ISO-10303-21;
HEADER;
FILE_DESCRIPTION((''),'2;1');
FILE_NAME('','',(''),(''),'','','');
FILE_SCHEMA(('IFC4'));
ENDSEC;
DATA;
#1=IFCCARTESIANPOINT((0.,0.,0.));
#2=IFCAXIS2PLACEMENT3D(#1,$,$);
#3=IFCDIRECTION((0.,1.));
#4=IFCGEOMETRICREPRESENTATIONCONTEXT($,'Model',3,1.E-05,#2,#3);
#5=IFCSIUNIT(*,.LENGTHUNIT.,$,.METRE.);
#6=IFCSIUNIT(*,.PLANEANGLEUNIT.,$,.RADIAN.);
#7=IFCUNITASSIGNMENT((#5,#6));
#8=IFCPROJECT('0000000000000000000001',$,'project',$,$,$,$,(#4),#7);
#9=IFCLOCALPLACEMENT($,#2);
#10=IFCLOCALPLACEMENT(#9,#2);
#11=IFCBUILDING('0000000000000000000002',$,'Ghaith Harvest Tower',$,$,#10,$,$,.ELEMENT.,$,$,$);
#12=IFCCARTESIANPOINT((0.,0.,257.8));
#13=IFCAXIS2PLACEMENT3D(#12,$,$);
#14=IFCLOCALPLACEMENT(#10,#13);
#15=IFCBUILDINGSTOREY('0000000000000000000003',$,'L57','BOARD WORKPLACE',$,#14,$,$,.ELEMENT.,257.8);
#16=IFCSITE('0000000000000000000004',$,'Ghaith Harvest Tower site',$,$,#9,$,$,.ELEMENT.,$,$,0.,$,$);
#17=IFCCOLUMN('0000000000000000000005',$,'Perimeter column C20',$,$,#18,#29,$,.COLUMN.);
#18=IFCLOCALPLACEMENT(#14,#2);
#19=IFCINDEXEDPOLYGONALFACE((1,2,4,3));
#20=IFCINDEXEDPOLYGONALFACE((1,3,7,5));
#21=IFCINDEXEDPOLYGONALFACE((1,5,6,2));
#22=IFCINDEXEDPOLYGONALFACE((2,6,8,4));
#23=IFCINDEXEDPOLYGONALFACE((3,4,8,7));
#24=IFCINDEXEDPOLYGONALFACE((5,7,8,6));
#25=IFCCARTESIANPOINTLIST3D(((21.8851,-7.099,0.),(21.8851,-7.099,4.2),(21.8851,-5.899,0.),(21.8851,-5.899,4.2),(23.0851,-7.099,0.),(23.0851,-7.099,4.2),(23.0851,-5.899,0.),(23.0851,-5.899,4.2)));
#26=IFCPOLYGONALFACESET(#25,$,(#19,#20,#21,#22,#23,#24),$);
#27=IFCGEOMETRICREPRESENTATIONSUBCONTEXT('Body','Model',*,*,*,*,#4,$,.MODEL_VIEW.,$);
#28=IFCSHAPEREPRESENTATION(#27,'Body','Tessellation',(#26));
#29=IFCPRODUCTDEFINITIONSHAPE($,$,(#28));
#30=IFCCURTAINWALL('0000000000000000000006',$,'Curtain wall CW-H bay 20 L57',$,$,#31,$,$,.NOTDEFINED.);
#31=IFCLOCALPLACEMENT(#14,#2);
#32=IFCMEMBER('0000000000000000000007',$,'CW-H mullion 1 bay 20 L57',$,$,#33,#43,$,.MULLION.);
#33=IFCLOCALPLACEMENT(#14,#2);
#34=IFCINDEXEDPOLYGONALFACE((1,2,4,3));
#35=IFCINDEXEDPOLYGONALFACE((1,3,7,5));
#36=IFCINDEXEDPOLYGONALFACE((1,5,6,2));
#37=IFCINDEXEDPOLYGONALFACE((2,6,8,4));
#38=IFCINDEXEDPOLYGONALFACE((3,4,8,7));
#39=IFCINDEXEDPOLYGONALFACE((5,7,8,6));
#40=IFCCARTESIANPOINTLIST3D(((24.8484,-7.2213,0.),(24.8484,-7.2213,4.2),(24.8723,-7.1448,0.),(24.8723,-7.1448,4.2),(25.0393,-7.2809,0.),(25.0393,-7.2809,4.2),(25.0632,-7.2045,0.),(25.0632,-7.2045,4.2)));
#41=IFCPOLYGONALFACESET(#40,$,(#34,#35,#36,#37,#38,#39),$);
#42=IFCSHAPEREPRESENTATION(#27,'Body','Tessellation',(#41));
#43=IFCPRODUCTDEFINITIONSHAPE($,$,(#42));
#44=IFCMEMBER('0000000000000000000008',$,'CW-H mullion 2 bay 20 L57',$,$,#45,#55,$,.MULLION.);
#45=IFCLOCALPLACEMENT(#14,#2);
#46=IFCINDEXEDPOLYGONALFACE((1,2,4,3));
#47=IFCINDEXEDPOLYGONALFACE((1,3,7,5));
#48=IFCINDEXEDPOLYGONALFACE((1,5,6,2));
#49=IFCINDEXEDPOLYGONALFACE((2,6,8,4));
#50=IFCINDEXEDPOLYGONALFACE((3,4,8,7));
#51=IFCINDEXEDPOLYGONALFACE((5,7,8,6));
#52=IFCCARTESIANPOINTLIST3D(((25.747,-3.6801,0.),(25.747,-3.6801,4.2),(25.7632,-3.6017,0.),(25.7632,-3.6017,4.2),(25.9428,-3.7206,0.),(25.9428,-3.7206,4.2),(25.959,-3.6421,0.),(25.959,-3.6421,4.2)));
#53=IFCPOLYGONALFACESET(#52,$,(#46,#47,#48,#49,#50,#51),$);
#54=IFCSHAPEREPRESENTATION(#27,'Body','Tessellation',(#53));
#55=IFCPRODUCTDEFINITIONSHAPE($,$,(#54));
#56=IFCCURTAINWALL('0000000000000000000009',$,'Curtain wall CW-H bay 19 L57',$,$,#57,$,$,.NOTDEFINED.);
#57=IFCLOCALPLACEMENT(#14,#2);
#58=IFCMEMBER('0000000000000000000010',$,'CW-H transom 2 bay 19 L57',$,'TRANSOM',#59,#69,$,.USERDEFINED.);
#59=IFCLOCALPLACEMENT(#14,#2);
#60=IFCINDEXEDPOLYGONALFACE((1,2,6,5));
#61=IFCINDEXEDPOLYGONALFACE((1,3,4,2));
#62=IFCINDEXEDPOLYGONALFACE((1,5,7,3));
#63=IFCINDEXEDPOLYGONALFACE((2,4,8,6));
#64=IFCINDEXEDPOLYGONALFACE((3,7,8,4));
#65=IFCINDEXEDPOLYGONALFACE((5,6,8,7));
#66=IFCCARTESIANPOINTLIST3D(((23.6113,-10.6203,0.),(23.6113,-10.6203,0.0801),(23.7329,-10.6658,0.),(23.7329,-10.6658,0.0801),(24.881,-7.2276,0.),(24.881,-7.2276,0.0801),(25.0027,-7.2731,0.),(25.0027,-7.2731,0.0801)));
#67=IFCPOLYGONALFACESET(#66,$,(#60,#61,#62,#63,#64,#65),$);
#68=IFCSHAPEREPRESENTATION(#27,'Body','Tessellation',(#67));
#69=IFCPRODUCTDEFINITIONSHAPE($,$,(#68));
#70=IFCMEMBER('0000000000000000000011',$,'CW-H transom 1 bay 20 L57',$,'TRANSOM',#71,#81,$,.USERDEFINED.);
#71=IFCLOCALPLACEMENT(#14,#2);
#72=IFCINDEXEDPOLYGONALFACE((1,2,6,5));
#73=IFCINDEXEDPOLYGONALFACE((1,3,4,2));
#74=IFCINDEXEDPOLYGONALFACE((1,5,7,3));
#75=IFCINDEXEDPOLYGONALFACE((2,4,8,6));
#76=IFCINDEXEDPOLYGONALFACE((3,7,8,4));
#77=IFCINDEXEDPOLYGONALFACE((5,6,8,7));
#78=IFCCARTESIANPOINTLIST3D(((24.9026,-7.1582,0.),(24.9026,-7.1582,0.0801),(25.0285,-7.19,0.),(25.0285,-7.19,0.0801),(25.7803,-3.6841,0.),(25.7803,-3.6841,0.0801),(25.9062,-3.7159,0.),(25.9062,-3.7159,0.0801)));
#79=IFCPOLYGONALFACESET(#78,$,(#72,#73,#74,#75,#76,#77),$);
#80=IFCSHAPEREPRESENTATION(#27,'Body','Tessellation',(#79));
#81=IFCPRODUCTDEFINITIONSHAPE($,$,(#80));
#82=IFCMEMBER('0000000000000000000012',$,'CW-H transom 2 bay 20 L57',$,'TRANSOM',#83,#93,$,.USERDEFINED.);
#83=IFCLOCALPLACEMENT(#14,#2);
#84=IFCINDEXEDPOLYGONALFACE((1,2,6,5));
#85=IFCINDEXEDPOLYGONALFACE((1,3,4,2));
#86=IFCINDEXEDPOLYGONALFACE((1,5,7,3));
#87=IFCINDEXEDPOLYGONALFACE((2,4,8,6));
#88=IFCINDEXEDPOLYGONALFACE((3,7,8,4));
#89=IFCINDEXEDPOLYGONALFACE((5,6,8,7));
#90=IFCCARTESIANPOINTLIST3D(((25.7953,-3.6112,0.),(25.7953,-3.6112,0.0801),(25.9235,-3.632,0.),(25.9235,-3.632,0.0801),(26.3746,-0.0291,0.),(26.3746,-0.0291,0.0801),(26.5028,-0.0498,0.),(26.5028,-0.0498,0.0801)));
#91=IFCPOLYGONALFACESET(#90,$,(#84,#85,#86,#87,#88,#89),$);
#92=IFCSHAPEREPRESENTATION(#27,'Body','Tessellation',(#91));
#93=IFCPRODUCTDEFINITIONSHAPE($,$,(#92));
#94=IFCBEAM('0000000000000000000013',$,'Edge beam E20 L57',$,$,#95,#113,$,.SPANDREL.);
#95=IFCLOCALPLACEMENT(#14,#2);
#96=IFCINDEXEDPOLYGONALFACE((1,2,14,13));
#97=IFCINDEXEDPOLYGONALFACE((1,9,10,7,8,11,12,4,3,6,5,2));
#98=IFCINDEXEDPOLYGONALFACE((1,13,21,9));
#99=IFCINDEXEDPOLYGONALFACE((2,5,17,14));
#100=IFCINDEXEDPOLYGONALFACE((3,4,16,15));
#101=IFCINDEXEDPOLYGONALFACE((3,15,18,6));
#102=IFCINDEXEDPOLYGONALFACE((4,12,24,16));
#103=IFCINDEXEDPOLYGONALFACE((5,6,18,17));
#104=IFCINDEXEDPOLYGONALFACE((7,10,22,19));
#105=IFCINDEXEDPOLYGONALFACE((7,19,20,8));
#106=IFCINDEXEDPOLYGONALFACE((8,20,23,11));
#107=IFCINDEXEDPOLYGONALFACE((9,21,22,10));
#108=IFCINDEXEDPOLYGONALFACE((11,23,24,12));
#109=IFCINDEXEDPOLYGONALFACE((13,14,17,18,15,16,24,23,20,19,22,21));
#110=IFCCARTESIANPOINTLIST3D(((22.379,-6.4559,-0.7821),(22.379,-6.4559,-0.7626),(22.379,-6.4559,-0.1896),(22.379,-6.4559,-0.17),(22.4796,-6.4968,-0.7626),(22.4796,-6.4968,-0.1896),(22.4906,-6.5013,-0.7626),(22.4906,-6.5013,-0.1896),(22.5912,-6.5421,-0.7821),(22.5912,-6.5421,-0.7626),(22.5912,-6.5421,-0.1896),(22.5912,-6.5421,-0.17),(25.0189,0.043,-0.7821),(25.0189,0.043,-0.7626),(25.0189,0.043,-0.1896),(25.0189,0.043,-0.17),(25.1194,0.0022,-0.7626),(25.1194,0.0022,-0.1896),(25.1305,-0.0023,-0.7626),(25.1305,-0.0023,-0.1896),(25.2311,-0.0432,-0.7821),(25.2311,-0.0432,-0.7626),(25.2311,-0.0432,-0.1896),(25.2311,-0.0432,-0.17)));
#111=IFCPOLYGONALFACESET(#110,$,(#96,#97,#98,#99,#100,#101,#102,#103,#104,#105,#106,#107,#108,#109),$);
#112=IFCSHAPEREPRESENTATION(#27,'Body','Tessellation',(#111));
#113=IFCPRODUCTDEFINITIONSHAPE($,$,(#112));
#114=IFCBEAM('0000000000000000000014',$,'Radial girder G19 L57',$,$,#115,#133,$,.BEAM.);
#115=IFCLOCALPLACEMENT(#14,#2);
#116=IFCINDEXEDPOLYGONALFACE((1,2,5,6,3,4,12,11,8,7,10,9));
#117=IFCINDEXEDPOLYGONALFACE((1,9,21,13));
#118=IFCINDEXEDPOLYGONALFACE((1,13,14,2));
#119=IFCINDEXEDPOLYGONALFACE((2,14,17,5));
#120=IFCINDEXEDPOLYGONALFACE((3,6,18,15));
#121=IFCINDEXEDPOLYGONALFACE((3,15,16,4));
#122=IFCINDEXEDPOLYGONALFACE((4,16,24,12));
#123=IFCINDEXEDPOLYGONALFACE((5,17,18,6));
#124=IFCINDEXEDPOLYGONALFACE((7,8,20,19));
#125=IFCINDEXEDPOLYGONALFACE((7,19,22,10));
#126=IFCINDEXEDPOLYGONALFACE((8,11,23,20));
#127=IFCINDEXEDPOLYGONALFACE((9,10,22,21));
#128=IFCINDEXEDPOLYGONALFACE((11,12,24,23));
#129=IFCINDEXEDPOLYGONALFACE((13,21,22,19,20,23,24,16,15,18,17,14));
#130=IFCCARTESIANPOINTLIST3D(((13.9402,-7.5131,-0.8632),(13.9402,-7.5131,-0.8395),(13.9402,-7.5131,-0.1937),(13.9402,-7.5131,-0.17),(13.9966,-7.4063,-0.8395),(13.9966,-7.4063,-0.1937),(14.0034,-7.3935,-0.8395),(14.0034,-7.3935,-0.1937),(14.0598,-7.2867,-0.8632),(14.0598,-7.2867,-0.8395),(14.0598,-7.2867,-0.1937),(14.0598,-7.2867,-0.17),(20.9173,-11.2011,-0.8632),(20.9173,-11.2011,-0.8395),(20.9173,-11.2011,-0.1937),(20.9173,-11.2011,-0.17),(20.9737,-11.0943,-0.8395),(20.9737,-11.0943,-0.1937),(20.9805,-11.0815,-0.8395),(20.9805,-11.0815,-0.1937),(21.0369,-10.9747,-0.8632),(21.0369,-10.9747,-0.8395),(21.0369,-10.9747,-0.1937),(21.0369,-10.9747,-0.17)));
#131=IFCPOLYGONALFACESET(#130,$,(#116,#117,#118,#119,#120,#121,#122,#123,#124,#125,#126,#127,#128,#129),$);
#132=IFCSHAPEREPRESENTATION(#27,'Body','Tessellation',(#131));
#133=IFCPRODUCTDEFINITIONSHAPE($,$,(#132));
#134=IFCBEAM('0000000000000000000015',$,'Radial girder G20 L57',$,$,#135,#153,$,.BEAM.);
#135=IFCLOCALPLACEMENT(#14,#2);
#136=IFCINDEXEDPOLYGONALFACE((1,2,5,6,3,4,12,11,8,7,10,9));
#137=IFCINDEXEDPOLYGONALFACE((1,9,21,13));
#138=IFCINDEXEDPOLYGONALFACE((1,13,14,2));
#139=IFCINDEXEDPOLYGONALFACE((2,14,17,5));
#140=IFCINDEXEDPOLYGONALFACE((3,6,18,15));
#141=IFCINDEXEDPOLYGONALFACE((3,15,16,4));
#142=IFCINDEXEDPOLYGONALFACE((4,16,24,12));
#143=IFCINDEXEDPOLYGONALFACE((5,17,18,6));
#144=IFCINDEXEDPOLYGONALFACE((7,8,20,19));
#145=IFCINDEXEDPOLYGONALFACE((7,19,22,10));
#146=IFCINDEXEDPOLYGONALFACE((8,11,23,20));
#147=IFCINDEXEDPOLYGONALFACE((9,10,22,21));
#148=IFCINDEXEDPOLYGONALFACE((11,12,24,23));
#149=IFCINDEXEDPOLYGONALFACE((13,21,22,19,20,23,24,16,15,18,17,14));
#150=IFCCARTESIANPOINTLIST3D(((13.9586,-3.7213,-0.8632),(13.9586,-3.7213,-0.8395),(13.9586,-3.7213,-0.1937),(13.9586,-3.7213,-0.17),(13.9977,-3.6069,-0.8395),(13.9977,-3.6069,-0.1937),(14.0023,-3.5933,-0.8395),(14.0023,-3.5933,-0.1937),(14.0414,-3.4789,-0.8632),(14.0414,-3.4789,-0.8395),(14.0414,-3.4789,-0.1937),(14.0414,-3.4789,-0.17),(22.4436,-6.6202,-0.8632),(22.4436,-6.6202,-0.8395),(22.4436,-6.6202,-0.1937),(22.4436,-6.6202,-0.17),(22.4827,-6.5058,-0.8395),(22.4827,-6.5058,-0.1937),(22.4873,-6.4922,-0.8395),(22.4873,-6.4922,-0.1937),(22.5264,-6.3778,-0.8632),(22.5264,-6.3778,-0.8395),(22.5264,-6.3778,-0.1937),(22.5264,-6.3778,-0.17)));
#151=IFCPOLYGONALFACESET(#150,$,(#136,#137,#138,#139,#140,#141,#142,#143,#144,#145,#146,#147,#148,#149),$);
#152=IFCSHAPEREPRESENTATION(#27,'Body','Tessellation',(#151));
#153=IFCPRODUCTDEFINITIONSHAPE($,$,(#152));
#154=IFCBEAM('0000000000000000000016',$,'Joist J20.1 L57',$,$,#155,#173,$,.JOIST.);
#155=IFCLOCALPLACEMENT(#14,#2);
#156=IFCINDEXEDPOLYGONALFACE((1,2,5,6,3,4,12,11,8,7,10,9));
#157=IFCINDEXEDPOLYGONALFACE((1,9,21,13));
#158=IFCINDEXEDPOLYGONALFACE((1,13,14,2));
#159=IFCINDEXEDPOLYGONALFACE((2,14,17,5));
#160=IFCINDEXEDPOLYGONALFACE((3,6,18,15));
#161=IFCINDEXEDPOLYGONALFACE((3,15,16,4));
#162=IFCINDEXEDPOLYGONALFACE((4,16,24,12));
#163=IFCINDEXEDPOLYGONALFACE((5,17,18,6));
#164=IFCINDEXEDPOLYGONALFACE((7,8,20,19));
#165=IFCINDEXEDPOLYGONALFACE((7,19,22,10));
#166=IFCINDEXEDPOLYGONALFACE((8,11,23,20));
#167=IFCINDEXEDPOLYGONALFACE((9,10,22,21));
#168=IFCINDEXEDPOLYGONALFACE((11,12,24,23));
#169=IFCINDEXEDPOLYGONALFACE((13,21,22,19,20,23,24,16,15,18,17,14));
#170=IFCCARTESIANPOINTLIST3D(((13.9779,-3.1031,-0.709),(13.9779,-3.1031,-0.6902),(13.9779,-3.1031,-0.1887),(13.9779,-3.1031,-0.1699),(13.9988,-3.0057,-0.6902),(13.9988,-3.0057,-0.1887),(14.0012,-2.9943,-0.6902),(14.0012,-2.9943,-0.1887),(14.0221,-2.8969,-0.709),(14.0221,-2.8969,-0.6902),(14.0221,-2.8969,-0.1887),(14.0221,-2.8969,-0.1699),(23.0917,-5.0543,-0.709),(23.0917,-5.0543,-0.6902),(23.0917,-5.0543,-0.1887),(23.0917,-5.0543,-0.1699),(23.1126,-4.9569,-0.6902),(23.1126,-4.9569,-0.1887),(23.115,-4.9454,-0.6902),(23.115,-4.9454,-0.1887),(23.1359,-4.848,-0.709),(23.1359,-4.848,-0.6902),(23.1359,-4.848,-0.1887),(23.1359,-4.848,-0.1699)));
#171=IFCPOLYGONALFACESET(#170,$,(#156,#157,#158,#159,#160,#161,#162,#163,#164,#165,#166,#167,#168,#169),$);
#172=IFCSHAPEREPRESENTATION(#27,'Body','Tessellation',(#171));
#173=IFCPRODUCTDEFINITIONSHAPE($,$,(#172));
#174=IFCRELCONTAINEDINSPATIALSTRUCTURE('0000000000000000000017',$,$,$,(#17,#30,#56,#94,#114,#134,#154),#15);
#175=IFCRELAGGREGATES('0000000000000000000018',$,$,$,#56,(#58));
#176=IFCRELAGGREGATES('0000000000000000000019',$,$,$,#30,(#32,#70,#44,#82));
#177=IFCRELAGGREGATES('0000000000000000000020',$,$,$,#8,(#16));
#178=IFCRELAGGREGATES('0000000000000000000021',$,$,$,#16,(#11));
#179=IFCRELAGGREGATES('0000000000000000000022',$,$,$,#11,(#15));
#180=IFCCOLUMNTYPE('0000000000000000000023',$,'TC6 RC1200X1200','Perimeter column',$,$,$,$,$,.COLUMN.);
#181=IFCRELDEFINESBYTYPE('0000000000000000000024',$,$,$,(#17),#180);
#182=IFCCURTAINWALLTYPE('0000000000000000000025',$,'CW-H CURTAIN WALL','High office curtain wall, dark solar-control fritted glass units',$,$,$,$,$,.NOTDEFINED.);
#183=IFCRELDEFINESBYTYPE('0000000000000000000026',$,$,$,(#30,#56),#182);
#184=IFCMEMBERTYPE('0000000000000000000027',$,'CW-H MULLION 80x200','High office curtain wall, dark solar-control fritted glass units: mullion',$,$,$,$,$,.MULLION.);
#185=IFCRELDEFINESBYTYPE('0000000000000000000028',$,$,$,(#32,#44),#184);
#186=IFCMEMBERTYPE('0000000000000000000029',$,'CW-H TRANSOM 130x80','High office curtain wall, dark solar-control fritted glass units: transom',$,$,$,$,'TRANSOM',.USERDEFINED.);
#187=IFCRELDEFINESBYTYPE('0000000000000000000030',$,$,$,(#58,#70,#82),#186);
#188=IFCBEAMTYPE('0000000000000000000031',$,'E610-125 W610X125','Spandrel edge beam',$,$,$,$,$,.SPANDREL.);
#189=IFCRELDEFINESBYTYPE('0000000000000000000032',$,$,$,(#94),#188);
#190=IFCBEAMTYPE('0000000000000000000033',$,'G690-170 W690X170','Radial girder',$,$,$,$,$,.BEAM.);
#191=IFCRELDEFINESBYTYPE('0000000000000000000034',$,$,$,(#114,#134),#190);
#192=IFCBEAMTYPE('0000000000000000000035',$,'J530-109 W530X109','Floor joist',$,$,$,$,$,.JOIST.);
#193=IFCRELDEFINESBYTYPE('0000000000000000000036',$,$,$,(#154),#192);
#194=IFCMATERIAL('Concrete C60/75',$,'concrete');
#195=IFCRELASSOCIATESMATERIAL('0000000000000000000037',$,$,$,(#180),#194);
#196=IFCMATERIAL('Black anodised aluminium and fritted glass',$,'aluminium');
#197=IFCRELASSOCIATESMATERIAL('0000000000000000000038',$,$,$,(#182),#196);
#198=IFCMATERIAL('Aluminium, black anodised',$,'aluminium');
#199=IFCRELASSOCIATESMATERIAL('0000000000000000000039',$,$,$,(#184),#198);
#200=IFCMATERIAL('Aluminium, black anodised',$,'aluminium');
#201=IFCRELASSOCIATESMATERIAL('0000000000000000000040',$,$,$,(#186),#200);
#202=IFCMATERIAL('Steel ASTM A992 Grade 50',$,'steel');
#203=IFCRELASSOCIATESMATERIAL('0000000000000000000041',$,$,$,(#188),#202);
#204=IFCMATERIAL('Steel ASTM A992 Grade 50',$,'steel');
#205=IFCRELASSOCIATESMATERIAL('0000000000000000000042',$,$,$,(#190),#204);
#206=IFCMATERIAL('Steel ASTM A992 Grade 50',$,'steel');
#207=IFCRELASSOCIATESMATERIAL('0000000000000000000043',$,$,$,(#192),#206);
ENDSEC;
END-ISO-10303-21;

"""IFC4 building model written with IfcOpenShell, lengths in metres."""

from ifc_helpers import new_model, si_unit, direction, frame, origin, origin_2d, place, context, subcontext, project, spatial, rectangle, i_section, extrude, material, material_profile, profile_set, type_object, element, aggregate, save


model = new_model("IFC4")

# Units and contexts
model_context = context("Model", 3, precision=1e-05, world=origin(), true_north=direction((0.0, 1.0)))
body_context = subcontext(model_context, "Body", "Model", "MODEL_VIEW")
ifc_project = project(units=[si_unit("LENGTHUNIT", "METRE"), si_unit("PLANEANGLEUNIT", "RADIAN")], contexts=[model_context])

# Site, building, storey
site_placement = place(None, origin())
site = spatial("IfcSite", under=ifc_project, at=site_placement, Name="Ghaith Harvest Tower site", CompositionType="ELEMENT", RefElevation=0.0)
building_placement = place(site_placement, origin())
building = spatial("IfcBuilding", under=site, at=building_placement, Name="Ghaith Harvest Tower", CompositionType="ELEMENT")
storey_placement = place(building_placement, frame((0.0, 0.0, 257.8)))
storey = spatial("IfcBuildingStorey", under=building, at=storey_placement, Name="L57", Description="BOARD WORKPLACE", CompositionType="ELEMENT", Elevation=257.8)

# Column
ifc_material_1 = material(Name="Concrete C60/75", Category="concrete")
ifc_material_profile_1 = material_profile(ifc_material_1, rectangle(XDim=1.2, YDim=1.2, at=origin_2d()), Name="RC1200X1200")
ifc_profile_set_1 = profile_set([ifc_material_profile_1], Name="Concrete C60/75")
column_type = type_object("IfcColumnType", Name="TC6 RC1200X1200", Description="Perimeter column", PredefinedType="COLUMN", material=ifc_profile_set_1)
column_placement = place(storey_placement, frame((22.4851, -6.499, 0.0), z_axis=(0.0, 0.0, 1.0), x_axis=(1.0, 0.0, 0.0)))
element("IfcColumn", 1, at=column_placement, inside=storey, type_object=column_type, Name="Perimeter column C20", PredefinedType="COLUMN", context=body_context, shape_type="SweptSolid", body=[
    extrude(rectangle(XDim=1.2, YDim=1.2, at=origin_2d()), origin(), (0.0, 0.0, 1.0), 4.2),
])

# Curtain wall, members
ifc_material_2 = material(Name="Black anodised aluminium and fritted glass", Category="aluminium")
curtain_wall_type = type_object("IfcCurtainWallType", Name="CW-H CURTAIN WALL", Description="High office curtain wall, dark solar-control fritted glass units", PredefinedType="NOTDEFINED", material=ifc_material_2)
curtain_wall_1_placement = place(storey_placement, origin())
curtain_wall_1 = element("IfcCurtainWall", 2, at=curtain_wall_1_placement, inside=storey, type_object=curtain_wall_type, Name="Curtain wall CW-H bay 20 L57", PredefinedType="NOTDEFINED")
ifc_material_3 = material(Name="Aluminium, black anodised", Category="aluminium")
ifc_material_profile_2 = material_profile(ifc_material_3, rectangle(XDim=0.0801, YDim=0.2, at=origin_2d()), Name="CW-H MULLION 80x200")
ifc_profile_set_2 = profile_set([ifc_material_profile_2], Name="Aluminium, black anodised")
member_type_1 = type_object("IfcMemberType", Name="CW-H MULLION 80x200", Description="High office curtain wall, dark solar-control fritted glass units: mullion", PredefinedType="MULLION", material=ifc_profile_set_2)
member_1_placement = place(storey_placement, frame((24.9558, -7.2129, 0.0), z_axis=(0.0, 0.0, 1.0), x_axis=(0.298442, 0.954428, 0.0)))
member_1 = element("IfcMember", 3, at=member_1_placement, type_object=member_type_1, Name="CW-H mullion 1 bay 20 L57", PredefinedType="MULLION", context=body_context, shape_type="SweptSolid", body=[
    extrude(rectangle(XDim=0.0801, YDim=0.2, at=origin_2d()), origin(), (0.0, 0.0, 1.0), 4.2),
])
member_2_placement = place(storey_placement, frame((25.853, -3.6611, 0.0), z_axis=(0.0, 0.0, 1.0), x_axis=(0.202192, 0.979346, 0.0)))
member_2 = element("IfcMember", 4, at=member_2_placement, type_object=member_type_1, Name="CW-H mullion 2 bay 20 L57", PredefinedType="MULLION", context=body_context, shape_type="SweptSolid", body=[
    extrude(rectangle(XDim=0.0801, YDim=0.2, at=origin_2d()), origin(), (0.0, 0.0, 1.0), 4.2),
])

# Curtain wall, member
curtain_wall_2_placement = place(storey_placement, origin())
curtain_wall_2 = element("IfcCurtainWall", 5, at=curtain_wall_2_placement, inside=storey, type_object=curtain_wall_type, Name="Curtain wall CW-H bay 19 L57", PredefinedType="NOTDEFINED")
ifc_material_4 = material(Name="Aluminium, black anodised", Category="aluminium")
ifc_material_profile_3 = material_profile(ifc_material_4, rectangle(XDim=0.1299, YDim=0.0801, at=origin_2d()), Name="CW-H TRANSOM 130x80")
ifc_profile_set_3 = profile_set([ifc_material_profile_3], Name="Aluminium, black anodised")
member_type_2 = type_object("IfcMemberType", Name="CW-H TRANSOM 130x80", Description="High office curtain wall, dark solar-control fritted glass units: transom", ElementType="TRANSOM", PredefinedType="USERDEFINED", material=ifc_profile_set_3)
member_3_placement = place(storey_placement, frame((23.6721, -10.6431, 0.04), z_axis=(0.35051, 0.936559, 0.0), x_axis=(-0.936559, 0.35051, 0.0)))
member_3 = element("IfcMember", 6, at=member_3_placement, type_object=member_type_2, Name="CW-H transom 2 bay 19 L57", ObjectType="TRANSOM", PredefinedType="USERDEFINED", context=body_context, shape_type="SweptSolid", body=[
    extrude(rectangle(XDim=0.1299, YDim=0.0801, at=origin_2d()), origin(), (0.0, 0.0, 1.0), 3.6226),
])

# Members
member_4_placement = place(storey_placement, frame((24.9656, -7.1741, 0.04), z_axis=(0.24494, 0.969538, 0.0), x_axis=(-0.969538, 0.24494, 0.0)))
member_4 = element("IfcMember", 7, at=member_4_placement, type_object=member_type_2, Name="CW-H transom 1 bay 20 L57", ObjectType="TRANSOM", PredefinedType="USERDEFINED", context=body_context, shape_type="SweptSolid", body=[
    extrude(rectangle(XDim=0.1299, YDim=0.0801, at=origin_2d()), origin(), (0.0, 0.0, 1.0), 3.5833),
])
member_5_placement = place(storey_placement, frame((25.8594, -3.6216, 0.04), z_axis=(0.159662, 0.987172, 0.0), x_axis=(-0.987172, 0.159662, 0.0)))
member_5 = element("IfcMember", 8, at=member_5_placement, type_object=member_type_2, Name="CW-H transom 2 bay 20 L57", ObjectType="TRANSOM", PredefinedType="USERDEFINED", context=body_context, shape_type="SweptSolid", body=[
    extrude(rectangle(XDim=0.1299, YDim=0.0801, at=origin_2d()), origin(), (0.0, 0.0, 1.0), 3.6287),
])

# Beams
ifc_material_5 = material(Name="Steel ASTM A992 Grade 50", Category="steel")
ifc_material_profile_4 = material_profile(ifc_material_5, i_section(OverallWidth=0.229, OverallDepth=0.6121, WebThickness=0.012, FlangeThickness=0.0195, at=origin_2d()), Name="W610X125")
ifc_profile_set_4 = profile_set([ifc_material_profile_4], Name="Steel ASTM A992 Grade 50")
beam_type_1 = type_object("IfcBeamType", Name="E610-125 W610X125", Description="Spandrel edge beam", PredefinedType="SPANDREL", material=ifc_profile_set_4)
beam_1_placement = place(storey_placement, frame((22.4851, -6.499, -0.4761), z_axis=(0.376336, 0.926483, 0.0), x_axis=(-0.926483, 0.376336, 0.0)))
element("IfcBeam", 9, at=beam_1_placement, inside=storey, type_object=beam_type_1, Name="Edge beam E20 L57", PredefinedType="SPANDREL", context=body_context, shape_type="SweptSolid", body=[
    extrude(i_section(OverallWidth=0.229, OverallDepth=0.6121, WebThickness=0.012, FlangeThickness=0.0195, at=origin_2d()), origin(), (0.0, 0.0, 1.0), 7.0146),
])
ifc_material_6 = material(Name="Steel ASTM A992 Grade 50", Category="steel")
ifc_material_profile_5 = material_profile(ifc_material_6, i_section(OverallWidth=0.2561, OverallDepth=0.6931, WebThickness=0.0144, FlangeThickness=0.0237, at=origin_2d()), Name="W690X170")
ifc_profile_set_5 = profile_set([ifc_material_profile_5], Name="Steel ASTM A992 Grade 50")
beam_type_2 = type_object("IfcBeamType", Name="G690-170 W690X170", Description="Radial girder", PredefinedType="BEAM", material=ifc_profile_set_5)
beam_2_placement = place(storey_placement, frame((14.0, -7.3999, -0.5166), z_axis=(0.884089, -0.467319, 0.0), x_axis=(0.467319, 0.884089, 0.0)))
element("IfcBeam", 10, at=beam_2_placement, inside=storey, type_object=beam_type_2, Name="Radial girder G19 L57", PredefinedType="BEAM", context=body_context, shape_type="SweptSolid", body=[
    extrude(i_section(OverallWidth=0.2561, OverallDepth=0.6931, WebThickness=0.0144, FlangeThickness=0.0237, at=origin_2d()), origin(), (0.0, 0.0, 1.0), 7.8918),
])
beam_3_placement = place(storey_placement, frame((14.0, -3.6001, -0.5166), z_axis=(0.946296, -0.323301, 0.0), x_axis=(0.323301, 0.946296, 0.0)))
element("IfcBeam", 11, at=beam_3_placement, inside=storey, type_object=beam_type_2, Name="Radial girder G20 L57", PredefinedType="BEAM", context=body_context, shape_type="SweptSolid", body=[
    extrude(i_section(OverallWidth=0.2561, OverallDepth=0.6931, WebThickness=0.0144, FlangeThickness=0.0237, at=origin_2d()), origin(), (0.0, 0.0, 1.0), 8.9666),
])
ifc_material_7 = material(Name="Steel ASTM A992 Grade 50", Category="steel")
ifc_material_profile_6 = material_profile(ifc_material_7, i_section(OverallWidth=0.2109, OverallDepth=0.5391, WebThickness=0.0117, FlangeThickness=0.0188, at=origin_2d()), Name="W530X109")
ifc_profile_set_6 = profile_set([ifc_material_profile_6], Name="Steel ASTM A992 Grade 50")
beam_type_3 = type_object("IfcBeamType", Name="J530-109 W530X109", Description="Floor joist", PredefinedType="JOIST", material=ifc_profile_set_6)
beam_4_placement = place(storey_placement, frame((14.0, -3.0, -0.4395), z_axis=(0.977841, -0.209347, 0.0), x_axis=(0.209347, 0.977841, 0.0)))
element("IfcBeam", 12, at=beam_4_placement, inside=storey, type_object=beam_type_3, Name="Joist J20.1 L57", PredefinedType="JOIST", context=body_context, shape_type="SweptSolid", body=[
    extrude(i_section(OverallWidth=0.2109, OverallDepth=0.5391, WebThickness=0.0117, FlangeThickness=0.0188, at=origin_2d()), origin(), (0.0, 0.0, 1.0), 9.3203),
])

aggregate(curtain_wall_2, [member_3])
aggregate(curtain_wall_1, [member_1, member_4, member_2, member_5])

save(model, "model.ifc")
